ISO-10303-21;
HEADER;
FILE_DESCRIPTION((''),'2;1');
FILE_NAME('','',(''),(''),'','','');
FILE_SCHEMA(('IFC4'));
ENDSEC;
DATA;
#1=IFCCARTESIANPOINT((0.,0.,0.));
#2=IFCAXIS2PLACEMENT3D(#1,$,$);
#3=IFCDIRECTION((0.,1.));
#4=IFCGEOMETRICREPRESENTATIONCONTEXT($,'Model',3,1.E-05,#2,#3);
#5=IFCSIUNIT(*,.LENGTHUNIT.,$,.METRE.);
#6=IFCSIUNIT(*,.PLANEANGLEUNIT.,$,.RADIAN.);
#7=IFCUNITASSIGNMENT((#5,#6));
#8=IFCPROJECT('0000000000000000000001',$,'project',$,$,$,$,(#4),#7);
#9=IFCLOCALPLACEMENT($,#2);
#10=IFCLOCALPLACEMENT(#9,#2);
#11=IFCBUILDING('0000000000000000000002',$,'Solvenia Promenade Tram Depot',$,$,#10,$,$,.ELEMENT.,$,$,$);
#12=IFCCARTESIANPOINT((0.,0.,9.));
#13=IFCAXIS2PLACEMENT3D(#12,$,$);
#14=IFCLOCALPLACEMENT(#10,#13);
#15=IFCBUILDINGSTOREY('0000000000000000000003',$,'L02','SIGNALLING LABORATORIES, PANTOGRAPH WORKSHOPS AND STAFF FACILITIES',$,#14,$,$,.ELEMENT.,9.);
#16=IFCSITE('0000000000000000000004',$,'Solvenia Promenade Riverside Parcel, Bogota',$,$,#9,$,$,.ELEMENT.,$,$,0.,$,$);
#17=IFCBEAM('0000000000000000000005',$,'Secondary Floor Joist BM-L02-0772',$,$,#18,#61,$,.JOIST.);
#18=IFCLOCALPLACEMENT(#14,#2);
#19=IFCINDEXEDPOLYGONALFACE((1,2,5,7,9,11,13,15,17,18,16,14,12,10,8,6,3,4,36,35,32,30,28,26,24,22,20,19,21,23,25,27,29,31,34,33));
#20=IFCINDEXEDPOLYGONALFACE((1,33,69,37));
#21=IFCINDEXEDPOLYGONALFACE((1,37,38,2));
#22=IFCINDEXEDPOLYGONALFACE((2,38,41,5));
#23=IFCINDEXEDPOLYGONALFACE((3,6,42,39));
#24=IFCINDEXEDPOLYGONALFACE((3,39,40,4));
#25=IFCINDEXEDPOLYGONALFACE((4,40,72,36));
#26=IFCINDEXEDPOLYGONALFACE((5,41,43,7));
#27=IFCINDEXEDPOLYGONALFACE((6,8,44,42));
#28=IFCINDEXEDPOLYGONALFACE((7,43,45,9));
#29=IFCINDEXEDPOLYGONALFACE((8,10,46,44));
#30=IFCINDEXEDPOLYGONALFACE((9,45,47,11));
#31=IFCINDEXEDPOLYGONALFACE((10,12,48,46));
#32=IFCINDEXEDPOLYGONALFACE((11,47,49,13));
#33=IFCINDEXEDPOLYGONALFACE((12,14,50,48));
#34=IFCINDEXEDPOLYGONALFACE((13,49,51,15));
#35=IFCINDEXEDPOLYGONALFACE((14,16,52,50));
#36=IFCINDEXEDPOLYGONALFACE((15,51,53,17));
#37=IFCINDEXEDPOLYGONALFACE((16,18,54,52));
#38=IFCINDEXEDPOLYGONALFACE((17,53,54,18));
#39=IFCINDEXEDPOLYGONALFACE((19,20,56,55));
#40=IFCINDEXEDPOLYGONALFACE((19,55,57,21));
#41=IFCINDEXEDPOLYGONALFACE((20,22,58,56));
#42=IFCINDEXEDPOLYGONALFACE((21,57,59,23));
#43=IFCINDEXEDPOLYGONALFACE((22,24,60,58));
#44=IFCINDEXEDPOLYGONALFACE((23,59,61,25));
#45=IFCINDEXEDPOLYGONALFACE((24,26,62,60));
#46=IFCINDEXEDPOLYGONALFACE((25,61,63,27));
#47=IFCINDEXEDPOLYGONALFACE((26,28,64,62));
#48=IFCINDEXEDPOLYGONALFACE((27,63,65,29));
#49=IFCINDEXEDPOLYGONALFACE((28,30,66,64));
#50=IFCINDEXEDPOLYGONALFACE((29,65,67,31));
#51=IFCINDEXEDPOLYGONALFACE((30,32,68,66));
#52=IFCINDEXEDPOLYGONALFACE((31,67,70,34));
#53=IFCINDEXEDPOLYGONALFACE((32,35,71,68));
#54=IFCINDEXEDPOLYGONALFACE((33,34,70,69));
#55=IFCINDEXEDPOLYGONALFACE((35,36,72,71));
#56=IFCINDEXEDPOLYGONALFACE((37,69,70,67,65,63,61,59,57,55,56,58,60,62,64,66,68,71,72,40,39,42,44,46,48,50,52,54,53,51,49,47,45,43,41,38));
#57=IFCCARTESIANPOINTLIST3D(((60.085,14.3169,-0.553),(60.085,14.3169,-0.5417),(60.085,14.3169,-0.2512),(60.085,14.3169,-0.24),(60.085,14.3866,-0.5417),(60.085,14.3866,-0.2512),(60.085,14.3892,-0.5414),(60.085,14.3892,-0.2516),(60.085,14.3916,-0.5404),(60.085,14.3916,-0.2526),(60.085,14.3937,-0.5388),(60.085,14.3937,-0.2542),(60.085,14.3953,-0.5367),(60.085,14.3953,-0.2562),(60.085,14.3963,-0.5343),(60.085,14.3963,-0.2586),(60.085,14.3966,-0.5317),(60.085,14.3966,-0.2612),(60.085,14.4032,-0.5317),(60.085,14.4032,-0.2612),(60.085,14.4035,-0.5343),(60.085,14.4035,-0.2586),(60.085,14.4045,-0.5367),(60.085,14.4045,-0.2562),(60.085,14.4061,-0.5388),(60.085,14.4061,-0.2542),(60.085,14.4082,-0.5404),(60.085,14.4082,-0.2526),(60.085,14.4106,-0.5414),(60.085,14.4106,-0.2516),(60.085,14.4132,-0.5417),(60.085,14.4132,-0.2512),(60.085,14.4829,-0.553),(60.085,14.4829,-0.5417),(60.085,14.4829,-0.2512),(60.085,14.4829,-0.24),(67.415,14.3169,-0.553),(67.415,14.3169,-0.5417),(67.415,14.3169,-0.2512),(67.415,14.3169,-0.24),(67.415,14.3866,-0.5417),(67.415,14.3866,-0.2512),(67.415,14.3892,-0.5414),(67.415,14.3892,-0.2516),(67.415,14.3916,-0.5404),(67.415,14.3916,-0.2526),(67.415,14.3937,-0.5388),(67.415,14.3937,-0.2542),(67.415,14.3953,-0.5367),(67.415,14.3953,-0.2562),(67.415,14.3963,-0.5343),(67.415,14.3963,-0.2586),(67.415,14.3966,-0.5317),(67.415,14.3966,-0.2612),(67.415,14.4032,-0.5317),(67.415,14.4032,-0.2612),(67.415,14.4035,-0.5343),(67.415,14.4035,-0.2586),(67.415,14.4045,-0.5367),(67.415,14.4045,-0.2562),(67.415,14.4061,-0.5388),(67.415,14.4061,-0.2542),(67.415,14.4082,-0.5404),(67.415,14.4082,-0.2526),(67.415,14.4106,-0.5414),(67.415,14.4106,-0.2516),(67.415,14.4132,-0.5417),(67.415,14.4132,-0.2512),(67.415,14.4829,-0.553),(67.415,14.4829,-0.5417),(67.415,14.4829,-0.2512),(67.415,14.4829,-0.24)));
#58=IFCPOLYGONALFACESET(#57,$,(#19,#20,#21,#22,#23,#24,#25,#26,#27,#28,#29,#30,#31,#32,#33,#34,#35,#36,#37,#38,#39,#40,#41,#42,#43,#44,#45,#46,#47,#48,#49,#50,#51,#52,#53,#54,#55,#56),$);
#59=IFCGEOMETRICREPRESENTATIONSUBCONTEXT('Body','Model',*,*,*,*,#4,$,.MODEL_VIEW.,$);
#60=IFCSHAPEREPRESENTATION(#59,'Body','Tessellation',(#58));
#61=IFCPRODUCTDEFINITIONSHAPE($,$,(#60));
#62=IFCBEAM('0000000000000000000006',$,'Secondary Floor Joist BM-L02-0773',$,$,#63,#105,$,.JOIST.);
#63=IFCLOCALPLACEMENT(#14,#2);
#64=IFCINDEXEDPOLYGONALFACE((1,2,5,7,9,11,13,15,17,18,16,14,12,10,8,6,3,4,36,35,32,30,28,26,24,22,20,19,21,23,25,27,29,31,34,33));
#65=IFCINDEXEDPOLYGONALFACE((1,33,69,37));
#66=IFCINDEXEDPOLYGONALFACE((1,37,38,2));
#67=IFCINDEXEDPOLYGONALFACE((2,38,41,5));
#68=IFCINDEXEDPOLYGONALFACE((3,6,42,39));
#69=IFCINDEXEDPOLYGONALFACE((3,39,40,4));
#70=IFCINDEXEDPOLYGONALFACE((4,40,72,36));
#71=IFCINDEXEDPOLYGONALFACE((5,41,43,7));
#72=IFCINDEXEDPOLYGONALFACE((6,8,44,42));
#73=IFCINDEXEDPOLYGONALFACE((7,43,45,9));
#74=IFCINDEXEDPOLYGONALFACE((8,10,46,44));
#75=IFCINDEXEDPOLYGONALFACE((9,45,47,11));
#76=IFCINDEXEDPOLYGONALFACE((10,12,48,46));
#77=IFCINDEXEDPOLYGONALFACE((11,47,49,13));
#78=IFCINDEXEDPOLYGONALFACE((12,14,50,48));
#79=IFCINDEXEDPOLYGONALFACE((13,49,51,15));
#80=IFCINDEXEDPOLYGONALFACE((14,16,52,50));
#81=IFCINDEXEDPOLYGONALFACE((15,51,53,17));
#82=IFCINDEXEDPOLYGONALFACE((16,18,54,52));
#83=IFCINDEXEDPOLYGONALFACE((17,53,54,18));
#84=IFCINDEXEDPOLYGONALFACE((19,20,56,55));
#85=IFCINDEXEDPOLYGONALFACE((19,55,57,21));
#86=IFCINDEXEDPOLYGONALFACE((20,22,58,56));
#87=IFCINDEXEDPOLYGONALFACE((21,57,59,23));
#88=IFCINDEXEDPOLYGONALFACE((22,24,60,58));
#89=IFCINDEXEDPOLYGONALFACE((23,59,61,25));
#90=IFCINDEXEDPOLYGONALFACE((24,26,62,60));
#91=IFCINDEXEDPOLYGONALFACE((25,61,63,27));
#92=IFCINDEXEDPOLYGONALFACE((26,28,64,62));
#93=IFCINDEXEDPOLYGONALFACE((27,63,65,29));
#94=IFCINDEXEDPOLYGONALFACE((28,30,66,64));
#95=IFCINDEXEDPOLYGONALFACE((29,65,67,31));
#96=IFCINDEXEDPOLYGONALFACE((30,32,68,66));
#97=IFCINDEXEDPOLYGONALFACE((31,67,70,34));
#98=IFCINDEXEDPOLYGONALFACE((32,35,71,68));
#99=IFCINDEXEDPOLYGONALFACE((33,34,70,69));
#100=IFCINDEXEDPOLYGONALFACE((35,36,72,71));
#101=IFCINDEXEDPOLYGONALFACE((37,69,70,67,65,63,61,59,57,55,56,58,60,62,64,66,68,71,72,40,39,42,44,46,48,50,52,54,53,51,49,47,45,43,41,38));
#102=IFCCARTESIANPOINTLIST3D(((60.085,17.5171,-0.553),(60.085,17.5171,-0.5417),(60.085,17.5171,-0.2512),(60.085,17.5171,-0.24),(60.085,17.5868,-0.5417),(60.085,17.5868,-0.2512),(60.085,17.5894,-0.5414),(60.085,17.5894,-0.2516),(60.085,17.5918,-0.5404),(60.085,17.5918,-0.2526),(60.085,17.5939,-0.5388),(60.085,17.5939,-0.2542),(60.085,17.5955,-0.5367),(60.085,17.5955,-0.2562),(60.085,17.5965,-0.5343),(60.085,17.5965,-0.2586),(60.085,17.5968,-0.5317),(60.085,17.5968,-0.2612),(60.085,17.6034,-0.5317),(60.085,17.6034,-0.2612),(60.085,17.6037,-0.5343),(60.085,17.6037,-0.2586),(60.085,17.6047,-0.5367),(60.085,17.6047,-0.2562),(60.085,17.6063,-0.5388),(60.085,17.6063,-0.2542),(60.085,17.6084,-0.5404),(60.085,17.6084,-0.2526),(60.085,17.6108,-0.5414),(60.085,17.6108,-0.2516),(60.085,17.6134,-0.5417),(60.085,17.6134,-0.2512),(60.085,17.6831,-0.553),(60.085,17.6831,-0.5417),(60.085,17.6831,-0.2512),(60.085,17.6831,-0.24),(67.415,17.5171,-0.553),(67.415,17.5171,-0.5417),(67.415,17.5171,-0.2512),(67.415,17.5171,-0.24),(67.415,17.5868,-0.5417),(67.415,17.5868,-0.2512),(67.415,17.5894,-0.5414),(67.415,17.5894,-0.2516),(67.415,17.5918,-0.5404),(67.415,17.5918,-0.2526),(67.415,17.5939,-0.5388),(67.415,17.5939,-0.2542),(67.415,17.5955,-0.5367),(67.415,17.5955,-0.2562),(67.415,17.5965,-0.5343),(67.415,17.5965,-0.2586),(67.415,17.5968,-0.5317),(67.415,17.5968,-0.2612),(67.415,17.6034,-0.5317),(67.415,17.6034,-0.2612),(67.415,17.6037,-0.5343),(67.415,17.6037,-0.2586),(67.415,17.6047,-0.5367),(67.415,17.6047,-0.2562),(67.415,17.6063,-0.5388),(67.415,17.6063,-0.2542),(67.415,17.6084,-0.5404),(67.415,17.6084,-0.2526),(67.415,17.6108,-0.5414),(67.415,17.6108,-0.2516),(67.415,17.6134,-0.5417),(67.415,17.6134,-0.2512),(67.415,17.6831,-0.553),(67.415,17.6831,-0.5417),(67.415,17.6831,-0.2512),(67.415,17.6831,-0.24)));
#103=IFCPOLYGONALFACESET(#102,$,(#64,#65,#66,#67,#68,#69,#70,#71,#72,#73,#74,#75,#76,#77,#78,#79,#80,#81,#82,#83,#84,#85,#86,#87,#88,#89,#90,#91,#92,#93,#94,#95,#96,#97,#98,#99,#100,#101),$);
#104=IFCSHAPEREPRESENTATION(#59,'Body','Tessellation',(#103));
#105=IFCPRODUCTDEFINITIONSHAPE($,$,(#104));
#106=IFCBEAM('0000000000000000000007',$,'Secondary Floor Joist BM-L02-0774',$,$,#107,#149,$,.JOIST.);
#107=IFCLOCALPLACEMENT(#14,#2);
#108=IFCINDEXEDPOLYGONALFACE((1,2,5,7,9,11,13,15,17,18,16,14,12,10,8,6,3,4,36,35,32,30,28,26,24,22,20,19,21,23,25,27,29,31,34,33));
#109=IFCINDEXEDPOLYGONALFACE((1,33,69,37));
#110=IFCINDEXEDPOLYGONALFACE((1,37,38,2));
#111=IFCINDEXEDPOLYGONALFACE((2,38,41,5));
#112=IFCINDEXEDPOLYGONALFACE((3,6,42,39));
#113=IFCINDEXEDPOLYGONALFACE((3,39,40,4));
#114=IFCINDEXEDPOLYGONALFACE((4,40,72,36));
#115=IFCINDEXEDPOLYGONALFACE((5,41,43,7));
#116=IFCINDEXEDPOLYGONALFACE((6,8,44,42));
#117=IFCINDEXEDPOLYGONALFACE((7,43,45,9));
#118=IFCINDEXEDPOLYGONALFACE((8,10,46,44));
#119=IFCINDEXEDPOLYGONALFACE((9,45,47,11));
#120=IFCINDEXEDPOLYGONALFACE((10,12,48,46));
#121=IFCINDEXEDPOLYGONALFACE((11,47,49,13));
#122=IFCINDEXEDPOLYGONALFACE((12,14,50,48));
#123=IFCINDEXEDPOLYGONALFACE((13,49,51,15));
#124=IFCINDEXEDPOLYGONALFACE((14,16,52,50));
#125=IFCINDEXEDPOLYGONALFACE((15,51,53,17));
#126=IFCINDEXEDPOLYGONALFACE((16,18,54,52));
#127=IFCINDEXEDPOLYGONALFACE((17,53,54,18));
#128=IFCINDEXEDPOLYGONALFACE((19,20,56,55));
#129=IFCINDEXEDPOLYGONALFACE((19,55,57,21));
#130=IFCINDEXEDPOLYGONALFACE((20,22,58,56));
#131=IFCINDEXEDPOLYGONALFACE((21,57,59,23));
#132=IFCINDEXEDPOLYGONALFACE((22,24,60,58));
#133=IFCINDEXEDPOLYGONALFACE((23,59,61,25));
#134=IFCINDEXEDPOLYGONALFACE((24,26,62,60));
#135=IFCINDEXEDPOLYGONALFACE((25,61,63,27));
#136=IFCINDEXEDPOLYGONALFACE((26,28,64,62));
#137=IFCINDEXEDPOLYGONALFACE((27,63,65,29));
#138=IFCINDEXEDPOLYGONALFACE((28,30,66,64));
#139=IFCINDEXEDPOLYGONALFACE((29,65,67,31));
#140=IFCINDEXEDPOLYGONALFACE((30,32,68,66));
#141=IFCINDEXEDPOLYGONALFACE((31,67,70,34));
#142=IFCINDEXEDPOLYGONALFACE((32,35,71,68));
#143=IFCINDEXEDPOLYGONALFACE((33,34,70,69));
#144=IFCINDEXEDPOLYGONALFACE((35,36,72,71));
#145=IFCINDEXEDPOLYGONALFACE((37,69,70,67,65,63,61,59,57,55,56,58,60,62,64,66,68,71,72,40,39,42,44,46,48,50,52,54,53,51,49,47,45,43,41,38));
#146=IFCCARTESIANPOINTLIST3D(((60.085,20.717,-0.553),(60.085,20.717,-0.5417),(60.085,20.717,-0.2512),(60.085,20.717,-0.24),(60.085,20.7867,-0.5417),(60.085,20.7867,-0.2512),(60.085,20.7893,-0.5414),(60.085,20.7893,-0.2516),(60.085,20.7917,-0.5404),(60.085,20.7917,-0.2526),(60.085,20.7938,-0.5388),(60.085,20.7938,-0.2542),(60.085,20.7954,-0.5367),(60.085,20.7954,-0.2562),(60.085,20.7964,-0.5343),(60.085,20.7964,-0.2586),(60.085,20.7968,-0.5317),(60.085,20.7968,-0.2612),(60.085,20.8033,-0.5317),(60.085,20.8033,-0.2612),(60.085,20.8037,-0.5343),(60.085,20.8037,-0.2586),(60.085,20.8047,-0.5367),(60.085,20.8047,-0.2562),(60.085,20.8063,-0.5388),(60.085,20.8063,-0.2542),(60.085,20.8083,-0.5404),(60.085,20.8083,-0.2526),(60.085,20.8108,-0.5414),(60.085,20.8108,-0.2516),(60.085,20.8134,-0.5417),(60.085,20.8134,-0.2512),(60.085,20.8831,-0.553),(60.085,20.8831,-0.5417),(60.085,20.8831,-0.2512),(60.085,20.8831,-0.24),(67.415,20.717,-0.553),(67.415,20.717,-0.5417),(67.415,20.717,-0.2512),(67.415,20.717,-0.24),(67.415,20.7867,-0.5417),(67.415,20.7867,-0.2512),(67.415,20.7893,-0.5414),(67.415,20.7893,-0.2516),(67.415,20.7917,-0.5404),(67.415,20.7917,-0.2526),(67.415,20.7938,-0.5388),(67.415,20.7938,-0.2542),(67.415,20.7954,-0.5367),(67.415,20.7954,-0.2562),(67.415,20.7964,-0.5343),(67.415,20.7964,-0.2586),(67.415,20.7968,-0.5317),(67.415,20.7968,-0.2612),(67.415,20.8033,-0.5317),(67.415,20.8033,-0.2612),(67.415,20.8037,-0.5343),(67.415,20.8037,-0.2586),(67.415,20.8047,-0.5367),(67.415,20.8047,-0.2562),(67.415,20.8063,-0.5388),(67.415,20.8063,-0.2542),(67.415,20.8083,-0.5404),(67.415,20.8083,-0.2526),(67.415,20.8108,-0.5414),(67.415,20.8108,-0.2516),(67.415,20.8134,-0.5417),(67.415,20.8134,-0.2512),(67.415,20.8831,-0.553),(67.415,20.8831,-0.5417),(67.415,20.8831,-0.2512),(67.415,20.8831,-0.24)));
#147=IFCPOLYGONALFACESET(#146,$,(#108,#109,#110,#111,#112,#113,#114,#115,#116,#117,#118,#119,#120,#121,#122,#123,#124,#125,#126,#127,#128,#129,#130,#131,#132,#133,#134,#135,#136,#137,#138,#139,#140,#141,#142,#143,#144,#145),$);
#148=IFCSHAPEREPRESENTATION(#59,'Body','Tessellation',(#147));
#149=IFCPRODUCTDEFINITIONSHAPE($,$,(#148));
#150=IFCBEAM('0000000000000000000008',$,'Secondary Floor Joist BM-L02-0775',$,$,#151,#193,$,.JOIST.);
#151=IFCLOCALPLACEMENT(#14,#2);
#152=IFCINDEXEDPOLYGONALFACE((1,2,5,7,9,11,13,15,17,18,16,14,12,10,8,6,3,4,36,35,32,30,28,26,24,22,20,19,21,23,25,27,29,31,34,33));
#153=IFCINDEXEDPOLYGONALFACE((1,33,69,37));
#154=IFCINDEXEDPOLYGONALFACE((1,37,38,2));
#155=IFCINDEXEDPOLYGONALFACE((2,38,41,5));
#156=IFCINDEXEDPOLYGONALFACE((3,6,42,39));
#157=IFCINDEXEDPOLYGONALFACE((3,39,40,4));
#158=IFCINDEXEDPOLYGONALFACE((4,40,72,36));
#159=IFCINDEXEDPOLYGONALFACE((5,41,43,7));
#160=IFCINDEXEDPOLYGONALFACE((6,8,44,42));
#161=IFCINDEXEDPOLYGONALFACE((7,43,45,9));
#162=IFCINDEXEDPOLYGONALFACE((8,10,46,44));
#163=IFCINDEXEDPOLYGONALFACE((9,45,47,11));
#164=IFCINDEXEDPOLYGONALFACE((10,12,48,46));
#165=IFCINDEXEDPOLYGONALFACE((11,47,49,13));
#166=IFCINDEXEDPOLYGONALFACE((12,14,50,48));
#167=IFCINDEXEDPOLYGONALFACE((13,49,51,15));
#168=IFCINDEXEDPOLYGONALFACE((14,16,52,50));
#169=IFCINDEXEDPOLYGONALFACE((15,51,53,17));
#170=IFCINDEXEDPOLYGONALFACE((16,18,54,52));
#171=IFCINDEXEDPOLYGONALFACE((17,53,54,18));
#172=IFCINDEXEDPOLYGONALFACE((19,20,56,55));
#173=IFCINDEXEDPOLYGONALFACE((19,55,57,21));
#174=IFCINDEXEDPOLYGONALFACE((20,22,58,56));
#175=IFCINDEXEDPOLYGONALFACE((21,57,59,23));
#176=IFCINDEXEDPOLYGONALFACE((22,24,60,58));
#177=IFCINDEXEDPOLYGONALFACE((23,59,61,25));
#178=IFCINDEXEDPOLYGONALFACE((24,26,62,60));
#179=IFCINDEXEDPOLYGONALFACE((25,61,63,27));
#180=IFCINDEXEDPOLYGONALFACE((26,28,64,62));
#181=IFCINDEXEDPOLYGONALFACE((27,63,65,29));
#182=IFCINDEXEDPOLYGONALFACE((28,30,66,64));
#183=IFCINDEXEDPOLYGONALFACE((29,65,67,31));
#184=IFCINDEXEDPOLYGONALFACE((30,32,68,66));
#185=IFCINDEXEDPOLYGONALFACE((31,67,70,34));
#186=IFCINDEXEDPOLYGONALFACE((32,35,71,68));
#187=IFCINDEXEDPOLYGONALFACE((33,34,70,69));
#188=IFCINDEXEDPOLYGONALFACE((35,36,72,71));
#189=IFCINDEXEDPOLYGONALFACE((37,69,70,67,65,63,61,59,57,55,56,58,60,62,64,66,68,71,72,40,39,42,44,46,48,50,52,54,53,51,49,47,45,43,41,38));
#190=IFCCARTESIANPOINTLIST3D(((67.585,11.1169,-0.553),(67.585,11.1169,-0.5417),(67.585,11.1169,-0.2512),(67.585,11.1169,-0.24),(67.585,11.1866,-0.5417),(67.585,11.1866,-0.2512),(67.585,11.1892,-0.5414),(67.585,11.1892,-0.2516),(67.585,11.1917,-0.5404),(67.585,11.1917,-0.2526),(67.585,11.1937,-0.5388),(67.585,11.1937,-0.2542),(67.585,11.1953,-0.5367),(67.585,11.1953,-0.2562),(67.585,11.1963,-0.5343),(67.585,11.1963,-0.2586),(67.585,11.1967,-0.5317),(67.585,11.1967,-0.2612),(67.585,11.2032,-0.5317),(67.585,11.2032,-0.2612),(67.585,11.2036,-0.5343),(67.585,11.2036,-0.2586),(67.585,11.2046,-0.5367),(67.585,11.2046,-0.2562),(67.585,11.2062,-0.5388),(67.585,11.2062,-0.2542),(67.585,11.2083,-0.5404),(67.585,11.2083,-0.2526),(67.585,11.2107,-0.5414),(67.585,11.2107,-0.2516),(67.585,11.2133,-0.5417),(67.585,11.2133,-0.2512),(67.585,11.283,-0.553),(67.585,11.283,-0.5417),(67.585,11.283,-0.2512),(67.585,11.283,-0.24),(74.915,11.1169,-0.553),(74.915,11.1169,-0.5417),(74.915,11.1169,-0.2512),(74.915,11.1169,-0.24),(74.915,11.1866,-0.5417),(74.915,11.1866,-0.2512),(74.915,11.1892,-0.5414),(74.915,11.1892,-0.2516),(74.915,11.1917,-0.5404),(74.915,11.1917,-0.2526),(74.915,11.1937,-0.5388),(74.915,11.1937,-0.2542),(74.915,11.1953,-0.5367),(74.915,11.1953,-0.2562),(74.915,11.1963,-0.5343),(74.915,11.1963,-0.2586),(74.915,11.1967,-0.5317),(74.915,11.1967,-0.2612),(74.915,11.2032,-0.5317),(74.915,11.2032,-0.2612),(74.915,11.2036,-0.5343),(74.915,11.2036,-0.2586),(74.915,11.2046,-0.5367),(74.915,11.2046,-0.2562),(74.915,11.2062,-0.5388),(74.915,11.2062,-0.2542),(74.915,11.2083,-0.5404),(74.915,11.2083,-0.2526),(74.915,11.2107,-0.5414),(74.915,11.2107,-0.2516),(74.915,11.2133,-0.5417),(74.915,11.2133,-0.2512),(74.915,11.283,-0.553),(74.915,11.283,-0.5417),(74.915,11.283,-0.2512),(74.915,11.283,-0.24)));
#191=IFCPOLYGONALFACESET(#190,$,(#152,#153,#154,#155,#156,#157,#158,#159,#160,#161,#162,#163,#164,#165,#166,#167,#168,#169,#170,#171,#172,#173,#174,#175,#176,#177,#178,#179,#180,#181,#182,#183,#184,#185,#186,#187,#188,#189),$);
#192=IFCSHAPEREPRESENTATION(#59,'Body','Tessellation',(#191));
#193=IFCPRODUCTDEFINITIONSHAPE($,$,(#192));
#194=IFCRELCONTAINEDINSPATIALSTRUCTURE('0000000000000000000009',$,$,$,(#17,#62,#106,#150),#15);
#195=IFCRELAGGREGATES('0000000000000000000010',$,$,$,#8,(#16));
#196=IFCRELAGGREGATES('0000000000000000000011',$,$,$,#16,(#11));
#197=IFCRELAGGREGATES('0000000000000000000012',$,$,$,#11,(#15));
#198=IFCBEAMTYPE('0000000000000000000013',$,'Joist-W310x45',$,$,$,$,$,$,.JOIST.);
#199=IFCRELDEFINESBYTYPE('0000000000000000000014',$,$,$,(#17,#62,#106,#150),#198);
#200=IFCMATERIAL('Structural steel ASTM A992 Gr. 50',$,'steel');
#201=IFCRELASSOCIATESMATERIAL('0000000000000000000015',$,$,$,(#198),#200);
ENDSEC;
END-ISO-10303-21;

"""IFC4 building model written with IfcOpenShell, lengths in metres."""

from ifc_helpers import new_model, si_unit, direction, frame, origin, origin_2d, place, context, subcontext, project, spatial, i_section, extrude, material, material_profile, profile_set, type_object, element, save


model = new_model("IFC4")

# Units and contexts
model_context = context("Model", 3, precision=1e-05, world=origin(), true_north=direction((0.0, 1.0)))
body_context = subcontext(model_context, "Body", "Model", "MODEL_VIEW")
ifc_project = project(units=[si_unit("LENGTHUNIT", "METRE"), si_unit("PLANEANGLEUNIT", "RADIAN")], contexts=[model_context])

# Site, building, storey
site_placement = place(None, origin())
site = spatial("IfcSite", under=ifc_project, at=site_placement, Name="Solvenia Promenade Riverside Parcel, Bogota", CompositionType="ELEMENT", RefElevation=0.0)
building_placement = place(site_placement, origin())
building = spatial("IfcBuilding", under=site, at=building_placement, Name="Solvenia Promenade Tram Depot", CompositionType="ELEMENT")
storey_placement = place(building_placement, frame((0.0, 0.0, 9.0)))
storey = spatial("IfcBuildingStorey", under=building, at=storey_placement, Name="L02", Description="SIGNALLING LABORATORIES, PANTOGRAPH WORKSHOPS AND STAFF FACILITIES", CompositionType="ELEMENT", Elevation=9.0)

# Beams
ifc_material_1 = material(Name="Structural steel ASTM A992 Gr. 50", Category="steel")
ifc_material_profile_1 = material_profile(ifc_material_1, i_section(OverallWidth=0.166, OverallDepth=0.313, WebThickness=0.0066, FlangeThickness=0.0112, FilletRadius=0.01, at=origin_2d()), Name="W310x45", Category="steel")
ifc_profile_set_1 = profile_set([ifc_material_profile_1], Name="Structural steel ASTM A992 Gr. 50")
beam_type_1 = type_object("IfcBeamType", Name="Joist-W310x45", PredefinedType="JOIST", material=ifc_profile_set_1)
for number, where, z_axis, x_axis, name in (
    (1, (60.085, 14.3999, -0.3965), (1.0, 0.0, 0.0), (0.0, 1.0, 0.0), "Secondary Floor Joist BM-L02-0772"),
    (2, (60.085, 17.6001, -0.3965), (1.0, 0.0, 0.0), (0.0, 1.0, 0.0), "Secondary Floor Joist BM-L02-0773"),
    (3, (60.085, 20.8, -0.3965), (1.0, 0.0, 0.0), (0.0, 1.0, 0.0), "Secondary Floor Joist BM-L02-0774"),
    (4, (67.585, 11.2, -0.3965), (1.0, 0.0, 0.0), (0.0, 1.0, 0.0), "Secondary Floor Joist BM-L02-0775"),
):
    element("IfcBeam", number, at=place(storey_placement, frame(where, z_axis=z_axis, x_axis=x_axis)), inside=storey, type_object=beam_type_1, Name=name, PredefinedType="JOIST", context=body_context, shape_type="SweptSolid", body=[
        extrude(i_section(OverallWidth=0.166, OverallDepth=0.313, WebThickness=0.0066, FlangeThickness=0.0112, FilletRadius=0.01, at=origin_2d()), origin(), (0.0, 0.0, 1.0), 7.3301),
    ])

save(model, "model.ifc")
